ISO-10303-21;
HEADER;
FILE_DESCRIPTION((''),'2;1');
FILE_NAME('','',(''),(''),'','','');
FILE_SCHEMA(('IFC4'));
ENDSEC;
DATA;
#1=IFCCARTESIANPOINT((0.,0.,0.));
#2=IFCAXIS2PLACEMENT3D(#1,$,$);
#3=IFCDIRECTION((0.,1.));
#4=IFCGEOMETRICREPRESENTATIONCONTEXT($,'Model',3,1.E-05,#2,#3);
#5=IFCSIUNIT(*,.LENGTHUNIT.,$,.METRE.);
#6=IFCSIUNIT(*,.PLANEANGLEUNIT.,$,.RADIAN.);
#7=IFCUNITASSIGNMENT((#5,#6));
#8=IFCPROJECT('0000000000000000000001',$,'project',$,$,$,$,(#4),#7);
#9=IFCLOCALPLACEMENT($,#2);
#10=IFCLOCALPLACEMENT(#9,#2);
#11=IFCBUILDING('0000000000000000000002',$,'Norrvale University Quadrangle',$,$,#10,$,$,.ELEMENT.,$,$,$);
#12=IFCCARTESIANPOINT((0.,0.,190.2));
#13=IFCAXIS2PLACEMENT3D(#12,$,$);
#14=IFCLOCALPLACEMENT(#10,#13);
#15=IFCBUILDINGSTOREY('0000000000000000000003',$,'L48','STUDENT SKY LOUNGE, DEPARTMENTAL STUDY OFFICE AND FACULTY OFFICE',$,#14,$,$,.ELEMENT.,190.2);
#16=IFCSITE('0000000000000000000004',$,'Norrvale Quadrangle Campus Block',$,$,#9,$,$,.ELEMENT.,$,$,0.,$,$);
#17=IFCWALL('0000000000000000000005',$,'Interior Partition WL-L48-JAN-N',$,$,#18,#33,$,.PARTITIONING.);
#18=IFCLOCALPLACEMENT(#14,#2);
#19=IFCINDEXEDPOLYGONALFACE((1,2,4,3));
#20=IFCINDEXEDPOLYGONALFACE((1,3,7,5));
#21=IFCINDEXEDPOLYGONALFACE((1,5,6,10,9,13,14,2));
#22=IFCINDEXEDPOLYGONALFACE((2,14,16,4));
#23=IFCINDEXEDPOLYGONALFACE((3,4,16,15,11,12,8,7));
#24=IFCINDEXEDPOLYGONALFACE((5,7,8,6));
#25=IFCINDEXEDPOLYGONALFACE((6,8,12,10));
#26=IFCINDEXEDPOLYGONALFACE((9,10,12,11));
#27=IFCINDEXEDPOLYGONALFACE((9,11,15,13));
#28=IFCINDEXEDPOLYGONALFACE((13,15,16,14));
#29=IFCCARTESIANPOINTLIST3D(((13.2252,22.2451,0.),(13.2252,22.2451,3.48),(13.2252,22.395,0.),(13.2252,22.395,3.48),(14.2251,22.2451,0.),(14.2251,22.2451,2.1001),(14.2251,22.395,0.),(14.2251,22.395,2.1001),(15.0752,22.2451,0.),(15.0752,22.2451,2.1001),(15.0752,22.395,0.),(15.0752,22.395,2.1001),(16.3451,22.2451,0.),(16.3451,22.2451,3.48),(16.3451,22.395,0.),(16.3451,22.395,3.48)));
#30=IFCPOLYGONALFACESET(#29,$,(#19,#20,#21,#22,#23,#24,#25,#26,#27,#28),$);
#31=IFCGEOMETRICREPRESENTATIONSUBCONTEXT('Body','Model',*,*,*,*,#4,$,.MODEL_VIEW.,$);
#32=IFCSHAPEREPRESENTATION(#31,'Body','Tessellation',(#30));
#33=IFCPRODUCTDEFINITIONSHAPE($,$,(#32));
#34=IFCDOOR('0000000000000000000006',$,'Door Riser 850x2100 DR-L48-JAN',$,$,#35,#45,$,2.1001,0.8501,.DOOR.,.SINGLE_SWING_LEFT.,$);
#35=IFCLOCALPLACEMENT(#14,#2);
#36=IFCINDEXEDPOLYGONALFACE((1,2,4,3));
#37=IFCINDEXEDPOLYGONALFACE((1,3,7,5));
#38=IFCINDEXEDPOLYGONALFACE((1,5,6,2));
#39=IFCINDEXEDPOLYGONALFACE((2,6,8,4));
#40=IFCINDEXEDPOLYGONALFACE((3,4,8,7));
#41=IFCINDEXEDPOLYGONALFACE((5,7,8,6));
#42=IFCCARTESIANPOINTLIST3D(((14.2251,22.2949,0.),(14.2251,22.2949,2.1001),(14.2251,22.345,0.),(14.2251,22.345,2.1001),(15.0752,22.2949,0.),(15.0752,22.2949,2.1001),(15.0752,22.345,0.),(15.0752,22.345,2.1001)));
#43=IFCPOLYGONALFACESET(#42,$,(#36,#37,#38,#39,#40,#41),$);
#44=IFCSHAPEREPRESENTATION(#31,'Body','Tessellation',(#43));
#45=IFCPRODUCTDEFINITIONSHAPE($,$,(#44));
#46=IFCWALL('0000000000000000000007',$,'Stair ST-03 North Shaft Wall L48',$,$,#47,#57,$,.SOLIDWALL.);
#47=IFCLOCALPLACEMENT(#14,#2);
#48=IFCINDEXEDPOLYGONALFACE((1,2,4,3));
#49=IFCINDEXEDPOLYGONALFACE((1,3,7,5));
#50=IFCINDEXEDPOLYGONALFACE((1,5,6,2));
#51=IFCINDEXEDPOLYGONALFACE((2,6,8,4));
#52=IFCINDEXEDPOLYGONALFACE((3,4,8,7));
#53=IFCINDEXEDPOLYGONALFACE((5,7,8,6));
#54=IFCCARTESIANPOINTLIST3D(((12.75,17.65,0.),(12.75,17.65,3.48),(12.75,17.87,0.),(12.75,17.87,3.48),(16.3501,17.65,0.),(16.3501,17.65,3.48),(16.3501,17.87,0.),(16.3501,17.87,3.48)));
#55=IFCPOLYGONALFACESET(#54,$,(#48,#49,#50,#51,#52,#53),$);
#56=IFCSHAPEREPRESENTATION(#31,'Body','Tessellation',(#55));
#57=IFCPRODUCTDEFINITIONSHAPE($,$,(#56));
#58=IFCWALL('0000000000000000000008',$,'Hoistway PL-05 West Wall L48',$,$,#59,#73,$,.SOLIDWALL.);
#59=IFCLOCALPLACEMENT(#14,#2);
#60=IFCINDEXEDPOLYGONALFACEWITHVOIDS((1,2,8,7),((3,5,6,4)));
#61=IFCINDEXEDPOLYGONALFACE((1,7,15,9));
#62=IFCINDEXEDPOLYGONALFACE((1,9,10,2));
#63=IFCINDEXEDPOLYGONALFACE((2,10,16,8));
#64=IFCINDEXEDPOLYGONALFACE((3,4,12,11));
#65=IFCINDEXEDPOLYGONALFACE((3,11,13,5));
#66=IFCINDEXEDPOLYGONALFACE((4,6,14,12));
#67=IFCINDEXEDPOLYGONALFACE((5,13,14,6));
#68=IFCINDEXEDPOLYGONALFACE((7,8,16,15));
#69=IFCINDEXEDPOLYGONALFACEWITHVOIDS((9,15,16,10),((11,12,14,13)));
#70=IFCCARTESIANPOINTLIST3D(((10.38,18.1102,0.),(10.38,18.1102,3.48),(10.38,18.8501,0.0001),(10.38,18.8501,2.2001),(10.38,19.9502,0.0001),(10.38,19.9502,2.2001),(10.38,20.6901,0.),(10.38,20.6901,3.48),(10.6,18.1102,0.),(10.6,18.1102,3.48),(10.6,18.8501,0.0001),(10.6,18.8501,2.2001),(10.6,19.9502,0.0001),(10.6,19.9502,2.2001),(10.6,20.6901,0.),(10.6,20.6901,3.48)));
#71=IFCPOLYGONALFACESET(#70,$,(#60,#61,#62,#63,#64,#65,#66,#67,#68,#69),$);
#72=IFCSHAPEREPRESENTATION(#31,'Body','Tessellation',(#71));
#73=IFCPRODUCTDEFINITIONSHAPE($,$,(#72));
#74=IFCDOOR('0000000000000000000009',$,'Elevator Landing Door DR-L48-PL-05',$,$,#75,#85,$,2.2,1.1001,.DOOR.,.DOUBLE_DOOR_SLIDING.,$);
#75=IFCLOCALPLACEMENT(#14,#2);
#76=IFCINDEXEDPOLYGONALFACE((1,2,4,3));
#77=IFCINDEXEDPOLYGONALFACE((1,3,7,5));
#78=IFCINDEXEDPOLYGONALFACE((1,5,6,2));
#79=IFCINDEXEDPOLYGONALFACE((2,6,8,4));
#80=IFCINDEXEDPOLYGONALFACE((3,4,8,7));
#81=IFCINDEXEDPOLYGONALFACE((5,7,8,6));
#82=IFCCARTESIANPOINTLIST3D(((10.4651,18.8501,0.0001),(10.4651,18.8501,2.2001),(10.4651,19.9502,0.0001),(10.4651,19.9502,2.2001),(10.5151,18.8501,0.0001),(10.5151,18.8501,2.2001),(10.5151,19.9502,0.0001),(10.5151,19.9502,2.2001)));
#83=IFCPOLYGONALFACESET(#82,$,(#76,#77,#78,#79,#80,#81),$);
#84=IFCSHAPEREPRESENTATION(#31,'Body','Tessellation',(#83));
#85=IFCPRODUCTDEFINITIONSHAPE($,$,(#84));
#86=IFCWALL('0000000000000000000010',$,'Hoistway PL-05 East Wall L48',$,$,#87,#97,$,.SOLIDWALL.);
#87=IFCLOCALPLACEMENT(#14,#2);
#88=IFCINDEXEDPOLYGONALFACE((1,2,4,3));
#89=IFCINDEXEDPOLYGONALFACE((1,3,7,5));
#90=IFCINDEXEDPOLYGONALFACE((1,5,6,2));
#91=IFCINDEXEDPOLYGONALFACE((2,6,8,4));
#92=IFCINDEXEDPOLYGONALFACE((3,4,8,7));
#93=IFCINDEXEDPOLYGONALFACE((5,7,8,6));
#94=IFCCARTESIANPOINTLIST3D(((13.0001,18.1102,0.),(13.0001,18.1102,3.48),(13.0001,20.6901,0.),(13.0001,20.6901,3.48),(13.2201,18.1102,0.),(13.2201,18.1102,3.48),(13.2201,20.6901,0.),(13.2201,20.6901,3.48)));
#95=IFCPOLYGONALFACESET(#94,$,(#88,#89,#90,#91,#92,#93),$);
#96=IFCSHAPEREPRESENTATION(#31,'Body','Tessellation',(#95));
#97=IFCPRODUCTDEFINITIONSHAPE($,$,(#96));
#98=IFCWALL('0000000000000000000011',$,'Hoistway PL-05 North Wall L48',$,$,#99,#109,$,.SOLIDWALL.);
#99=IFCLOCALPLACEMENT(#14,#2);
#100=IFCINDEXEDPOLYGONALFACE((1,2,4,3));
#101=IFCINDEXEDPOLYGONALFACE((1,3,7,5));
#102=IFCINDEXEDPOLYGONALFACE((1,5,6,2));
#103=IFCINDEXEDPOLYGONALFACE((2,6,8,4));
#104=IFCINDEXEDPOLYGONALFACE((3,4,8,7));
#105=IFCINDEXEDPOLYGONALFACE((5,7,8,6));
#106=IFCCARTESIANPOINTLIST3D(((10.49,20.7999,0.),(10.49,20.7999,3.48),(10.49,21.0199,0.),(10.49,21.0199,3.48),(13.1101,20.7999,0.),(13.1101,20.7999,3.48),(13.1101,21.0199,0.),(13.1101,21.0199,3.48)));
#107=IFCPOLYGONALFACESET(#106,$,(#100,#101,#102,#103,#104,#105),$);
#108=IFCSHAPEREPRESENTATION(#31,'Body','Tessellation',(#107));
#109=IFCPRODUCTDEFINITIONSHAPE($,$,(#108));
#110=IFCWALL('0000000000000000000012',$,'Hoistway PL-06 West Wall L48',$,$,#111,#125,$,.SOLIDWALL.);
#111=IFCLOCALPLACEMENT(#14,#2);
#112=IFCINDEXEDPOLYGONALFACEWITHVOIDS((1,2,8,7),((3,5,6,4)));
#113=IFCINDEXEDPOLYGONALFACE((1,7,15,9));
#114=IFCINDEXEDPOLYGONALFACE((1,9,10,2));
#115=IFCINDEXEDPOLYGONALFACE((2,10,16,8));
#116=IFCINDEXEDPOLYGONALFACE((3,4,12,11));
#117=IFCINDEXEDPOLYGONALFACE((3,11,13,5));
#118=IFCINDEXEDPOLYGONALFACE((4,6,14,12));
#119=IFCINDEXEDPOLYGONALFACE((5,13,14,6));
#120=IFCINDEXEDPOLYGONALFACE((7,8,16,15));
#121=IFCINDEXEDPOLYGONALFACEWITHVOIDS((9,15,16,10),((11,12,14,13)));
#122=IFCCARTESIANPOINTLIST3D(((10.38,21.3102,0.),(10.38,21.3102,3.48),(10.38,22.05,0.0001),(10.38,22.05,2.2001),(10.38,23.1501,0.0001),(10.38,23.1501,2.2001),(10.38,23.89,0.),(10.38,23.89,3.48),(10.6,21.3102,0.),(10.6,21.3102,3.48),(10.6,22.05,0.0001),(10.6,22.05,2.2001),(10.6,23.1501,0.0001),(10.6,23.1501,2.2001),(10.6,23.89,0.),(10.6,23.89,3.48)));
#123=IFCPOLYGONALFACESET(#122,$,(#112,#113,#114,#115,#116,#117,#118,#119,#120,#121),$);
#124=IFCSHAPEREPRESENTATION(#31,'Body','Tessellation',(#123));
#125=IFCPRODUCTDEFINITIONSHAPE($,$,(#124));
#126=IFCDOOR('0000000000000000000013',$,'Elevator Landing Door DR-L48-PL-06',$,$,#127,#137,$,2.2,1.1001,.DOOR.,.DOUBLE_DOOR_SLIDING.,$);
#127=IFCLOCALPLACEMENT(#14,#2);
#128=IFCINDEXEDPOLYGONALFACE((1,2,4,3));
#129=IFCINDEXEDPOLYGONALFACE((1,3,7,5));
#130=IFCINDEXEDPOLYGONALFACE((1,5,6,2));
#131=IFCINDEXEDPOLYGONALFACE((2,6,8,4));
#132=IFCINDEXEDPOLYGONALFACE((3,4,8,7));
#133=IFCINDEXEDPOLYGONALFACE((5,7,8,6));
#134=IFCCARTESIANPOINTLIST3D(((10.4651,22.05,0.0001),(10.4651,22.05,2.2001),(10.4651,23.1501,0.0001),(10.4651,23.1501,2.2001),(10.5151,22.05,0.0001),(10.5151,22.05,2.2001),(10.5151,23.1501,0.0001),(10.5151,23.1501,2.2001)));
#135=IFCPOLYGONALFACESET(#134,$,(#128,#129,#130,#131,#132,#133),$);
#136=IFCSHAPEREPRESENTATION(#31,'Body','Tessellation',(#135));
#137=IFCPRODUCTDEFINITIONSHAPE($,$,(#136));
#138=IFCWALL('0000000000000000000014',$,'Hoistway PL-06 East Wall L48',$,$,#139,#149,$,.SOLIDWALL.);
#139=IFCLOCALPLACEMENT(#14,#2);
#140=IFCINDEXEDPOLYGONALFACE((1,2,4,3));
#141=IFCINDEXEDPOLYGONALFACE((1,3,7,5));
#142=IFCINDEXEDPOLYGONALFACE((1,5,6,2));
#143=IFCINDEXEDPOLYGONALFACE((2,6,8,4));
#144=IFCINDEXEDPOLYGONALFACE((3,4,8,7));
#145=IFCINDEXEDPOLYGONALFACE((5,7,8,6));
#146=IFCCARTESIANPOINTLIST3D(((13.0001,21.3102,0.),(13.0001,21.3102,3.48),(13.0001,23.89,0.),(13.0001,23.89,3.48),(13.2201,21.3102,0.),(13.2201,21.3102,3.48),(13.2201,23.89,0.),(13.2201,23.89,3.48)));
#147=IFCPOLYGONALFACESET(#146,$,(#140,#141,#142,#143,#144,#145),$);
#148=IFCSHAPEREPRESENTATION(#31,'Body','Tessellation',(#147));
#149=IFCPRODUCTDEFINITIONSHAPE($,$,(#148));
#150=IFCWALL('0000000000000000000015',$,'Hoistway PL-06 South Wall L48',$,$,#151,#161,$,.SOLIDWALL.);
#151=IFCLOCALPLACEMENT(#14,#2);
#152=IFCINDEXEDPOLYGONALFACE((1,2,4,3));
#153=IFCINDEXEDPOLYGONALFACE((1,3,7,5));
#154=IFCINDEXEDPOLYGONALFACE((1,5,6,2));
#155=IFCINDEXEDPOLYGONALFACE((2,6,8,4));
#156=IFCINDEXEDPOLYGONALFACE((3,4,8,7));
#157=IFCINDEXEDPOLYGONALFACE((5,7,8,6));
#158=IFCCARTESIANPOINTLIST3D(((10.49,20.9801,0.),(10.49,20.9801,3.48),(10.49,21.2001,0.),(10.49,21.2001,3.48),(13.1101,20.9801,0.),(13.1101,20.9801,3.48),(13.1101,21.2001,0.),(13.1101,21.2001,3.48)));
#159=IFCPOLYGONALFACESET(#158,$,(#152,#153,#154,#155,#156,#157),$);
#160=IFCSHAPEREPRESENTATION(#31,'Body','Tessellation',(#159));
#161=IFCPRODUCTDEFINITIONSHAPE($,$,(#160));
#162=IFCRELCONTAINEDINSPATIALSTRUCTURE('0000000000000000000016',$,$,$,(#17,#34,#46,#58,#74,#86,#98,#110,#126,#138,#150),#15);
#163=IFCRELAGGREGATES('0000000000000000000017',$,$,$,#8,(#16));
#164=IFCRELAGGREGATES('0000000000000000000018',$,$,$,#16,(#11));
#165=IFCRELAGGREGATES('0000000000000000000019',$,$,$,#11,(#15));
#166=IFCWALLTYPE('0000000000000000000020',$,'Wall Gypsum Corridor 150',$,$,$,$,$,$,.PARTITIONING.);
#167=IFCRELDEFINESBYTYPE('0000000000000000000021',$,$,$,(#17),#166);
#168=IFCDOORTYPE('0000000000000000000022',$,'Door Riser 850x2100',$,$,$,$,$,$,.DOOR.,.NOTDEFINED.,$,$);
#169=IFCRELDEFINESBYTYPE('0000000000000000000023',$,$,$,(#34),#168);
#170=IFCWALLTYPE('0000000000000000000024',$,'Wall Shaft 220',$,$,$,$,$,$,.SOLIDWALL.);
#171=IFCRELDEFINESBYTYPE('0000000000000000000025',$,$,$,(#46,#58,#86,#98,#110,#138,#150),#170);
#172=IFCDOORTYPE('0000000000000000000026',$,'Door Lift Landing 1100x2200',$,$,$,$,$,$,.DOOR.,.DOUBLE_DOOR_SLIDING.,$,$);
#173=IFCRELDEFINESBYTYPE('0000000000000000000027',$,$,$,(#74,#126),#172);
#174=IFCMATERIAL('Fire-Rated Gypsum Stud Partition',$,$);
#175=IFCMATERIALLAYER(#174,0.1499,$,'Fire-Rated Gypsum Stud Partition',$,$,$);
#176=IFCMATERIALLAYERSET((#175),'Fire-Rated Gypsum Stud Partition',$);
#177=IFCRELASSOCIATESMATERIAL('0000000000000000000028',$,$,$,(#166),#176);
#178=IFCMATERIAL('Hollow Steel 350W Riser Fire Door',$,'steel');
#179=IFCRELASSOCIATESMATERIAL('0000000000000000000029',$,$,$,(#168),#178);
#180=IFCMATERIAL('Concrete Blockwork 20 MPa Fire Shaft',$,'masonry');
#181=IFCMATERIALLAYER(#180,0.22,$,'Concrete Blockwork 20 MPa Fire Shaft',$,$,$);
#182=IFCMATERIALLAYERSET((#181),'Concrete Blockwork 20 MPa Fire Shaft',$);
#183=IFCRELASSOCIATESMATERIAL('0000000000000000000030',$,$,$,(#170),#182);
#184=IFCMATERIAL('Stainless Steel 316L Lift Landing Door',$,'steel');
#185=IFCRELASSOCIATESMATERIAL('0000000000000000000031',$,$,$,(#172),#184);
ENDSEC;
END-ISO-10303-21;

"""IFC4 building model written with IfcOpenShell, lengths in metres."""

from ifc_helpers import new_model, si_unit, direction, frame, frame_2d, origin, place, context, subcontext, project, spatial, rectangle, extrude, material, layer, layer_set, type_object, element, fill, save


model = new_model("IFC4")

# Units and contexts
model_context = context("Model", 3, precision=1e-05, world=origin(), true_north=direction((0.0, 1.0)))
body_context = subcontext(model_context, "Body", "Model", "MODEL_VIEW")
ifc_project = project(units=[si_unit("LENGTHUNIT", "METRE"), si_unit("PLANEANGLEUNIT", "RADIAN")], contexts=[model_context])

# Site, building, storey
site_placement = place(None, origin())
site = spatial("IfcSite", under=ifc_project, at=site_placement, Name="Norrvale Quadrangle Campus Block", CompositionType="ELEMENT", RefElevation=0.0)
building_placement = place(site_placement, origin())
building = spatial("IfcBuilding", under=site, at=building_placement, Name="Norrvale University Quadrangle", CompositionType="ELEMENT")
storey_placement = place(building_placement, frame((0.0, 0.0, 190.2)))
storey = spatial("IfcBuildingStorey", under=building, at=storey_placement, Name="L48", Description="STUDENT SKY LOUNGE, DEPARTMENTAL STUDY OFFICE AND FACULTY OFFICE", CompositionType="ELEMENT", Elevation=190.2)

# Shared definitions
ifc_material_1 = material(Name="Fire-Rated Gypsum Stud Partition")
ifc_layer_1 = layer(ifc_material_1, 0.1499, Name="Fire-Rated Gypsum Stud Partition")
ifc_layer_set_1 = layer_set([ifc_layer_1], Name="Fire-Rated Gypsum Stud Partition")
wall_type_1 = type_object("IfcWallType", Name="Wall Gypsum Corridor 150", PredefinedType="PARTITIONING", material=ifc_layer_set_1)
ifc_material_2 = material(Name="Hollow Steel 350W Riser Fire Door", Category="steel")
door_type_1 = type_object("IfcDoorType", Name="Door Riser 850x2100", OperationType="NOTDEFINED", PredefinedType="DOOR", material=ifc_material_2)

# Wall, opening, door
wall_1_placement = place(storey_placement, frame((13.2251, 22.3201, 0.0), z_axis=(0.0, 0.0, 1.0), x_axis=(1.0, 0.0, 0.0)))
wall_1 = element("IfcWall", 1, at=wall_1_placement, inside=storey, type_object=wall_type_1, Name="Interior Partition WL-L48-JAN-N", PredefinedType="PARTITIONING", context=body_context, shape_type="SweptSolid", body=[
    extrude(rectangle(XDim=3.1199, YDim=0.1499, at=frame_2d((1.5601, 0.0))), origin(), (0.0, 0.0, 1.0), 3.48),
])
opening_1_placement = place(wall_1_placement, frame((1.0, 0.0, 0.0)))
opening_1 = element("IfcOpeningElement", 2, at=opening_1_placement, cuts=wall_1, PredefinedType="OPENING", context=body_context, shape_type="SweptSolid", body=[
    extrude(rectangle(XDim=0.8501, YDim=2.1001, at=frame_2d((0.425, 1.05))), frame((0.0, 0.0869, 0.0), z_axis=(0.0, -1.0, 0.0), x_axis=(1.0, 0.0, 0.0)), (0.0, 0.0, 1.0), 0.1738),
])
door_1_placement = place(opening_1_placement, origin())
door_1 = element("IfcDoor", 3, at=door_1_placement, inside=storey, type_object=door_type_1, Name="Door Riser 850x2100 DR-L48-JAN", OperationType="SINGLE_SWING_LEFT", OverallHeight=2.1001, OverallWidth=0.8501, PredefinedType="DOOR", context=body_context, shape_type="SweptSolid", body=[
    extrude(rectangle(XDim=0.8501, YDim=2.1001, at=frame_2d((0.425, 1.05))), frame((0.0, 0.0249, 0.0), z_axis=(0.0, -1.0, 0.0), x_axis=(1.0, 0.0, 0.0)), (0.0, 0.0, 1.0), 0.05),
])
fill(opening_1, door_1)

# Wall
ifc_material_3 = material(Name="Concrete Blockwork 20 MPa Fire Shaft", Category="masonry")
ifc_layer_2 = layer(ifc_material_3, 0.22, Name="Concrete Blockwork 20 MPa Fire Shaft")
ifc_layer_set_2 = layer_set([ifc_layer_2], Name="Concrete Blockwork 20 MPa Fire Shaft")
wall_type_2 = type_object("IfcWallType", Name="Wall Shaft 220", PredefinedType="SOLIDWALL", material=ifc_layer_set_2)
wall_2_placement = place(storey_placement, frame((12.75, 17.76, 0.0), z_axis=(0.0, 0.0, 1.0), x_axis=(1.0, 0.0, 0.0)))
element("IfcWall", 4, at=wall_2_placement, inside=storey, type_object=wall_type_2, Name="Stair ST-03 North Shaft Wall L48", PredefinedType="SOLIDWALL", context=body_context, shape_type="SweptSolid", body=[
    extrude(rectangle(XDim=3.6001, YDim=0.22, at=frame_2d((1.8, 0.0))), origin(), (0.0, 0.0, 1.0), 3.48),
])

# Wall, opening, door
wall_3_placement = place(storey_placement, frame((10.49, 18.1101, 0.0), z_axis=(0.0, 0.0, 1.0), x_axis=(0.0, 1.0, 0.0)))
wall_3 = element("IfcWall", 5, at=wall_3_placement, inside=storey, type_object=wall_type_2, Name="Hoistway PL-05 West Wall L48", PredefinedType="SOLIDWALL", context=body_context, shape_type="SweptSolid", body=[
    extrude(rectangle(XDim=2.5798, YDim=0.22, at=frame_2d((1.29, 0.0))), origin(), (0.0, 0.0, 1.0), 3.48),
])
opening_2_placement = place(wall_3_placement, frame((0.74, 0.0, 0.0)))
opening_2 = element("IfcOpeningElement", 6, at=opening_2_placement, cuts=wall_3, PredefinedType="OPENING", context=body_context, shape_type="SweptSolid", body=[
    extrude(rectangle(XDim=1.1001, YDim=2.2, at=frame_2d((0.55, 1.1001))), frame((0.0, 0.1221, 0.0), z_axis=(0.0, -1.0, 0.0), x_axis=(1.0, 0.0, 0.0)), (0.0, 0.0, 1.0), 0.2439),
])
ifc_material_4 = material(Name="Stainless Steel 316L Lift Landing Door", Category="steel")
door_type_2 = type_object("IfcDoorType", Name="Door Lift Landing 1100x2200", OperationType="DOUBLE_DOOR_SLIDING", PredefinedType="DOOR", material=ifc_material_4)
door_2_placement = place(opening_2_placement, origin())
door_2 = element("IfcDoor", 7, at=door_2_placement, inside=storey, type_object=door_type_2, Name="Elevator Landing Door DR-L48-PL-05", OperationType="DOUBLE_DOOR_SLIDING", OverallHeight=2.2, OverallWidth=1.1001, PredefinedType="DOOR", context=body_context, shape_type="SweptSolid", body=[
    extrude(rectangle(XDim=1.1001, YDim=2.2, at=frame_2d((0.55, 1.1001))), frame((0.0, 0.0249, 0.0), z_axis=(0.0, -1.0, 0.0), x_axis=(1.0, 0.0, 0.0)), (0.0, 0.0, 1.0), 0.05),
])
fill(opening_2, door_2)

# Walls
wall_4_placement = place(storey_placement, frame((13.1101, 18.1101, 0.0), z_axis=(0.0, 0.0, 1.0), x_axis=(0.0, 1.0, 0.0)))
element("IfcWall", 8, at=wall_4_placement, inside=storey, type_object=wall_type_2, Name="Hoistway PL-05 East Wall L48", PredefinedType="SOLIDWALL", context=body_context, shape_type="SweptSolid", body=[
    extrude(rectangle(XDim=2.5798, YDim=0.22, at=frame_2d((1.29, 0.0))), origin(), (0.0, 0.0, 1.0), 3.48),
])
wall_5_placement = place(storey_placement, frame((10.49, 20.9099, 0.0), z_axis=(0.0, 0.0, 1.0), x_axis=(1.0, 0.0, 0.0)))
element("IfcWall", 9, at=wall_5_placement, inside=storey, type_object=wall_type_2, Name="Hoistway PL-05 North Wall L48", PredefinedType="SOLIDWALL", context=body_context, shape_type="SweptSolid", body=[
    extrude(rectangle(XDim=2.6201, YDim=0.22, at=frame_2d((1.3101, 0.0))), origin(), (0.0, 0.0, 1.0), 3.48),
])

# Wall, opening, door
wall_6_placement = place(storey_placement, frame((10.49, 21.3101, 0.0), z_axis=(0.0, 0.0, 1.0), x_axis=(0.0, 1.0, 0.0)))
wall_6 = element("IfcWall", 10, at=wall_6_placement, inside=storey, type_object=wall_type_2, Name="Hoistway PL-06 West Wall L48", PredefinedType="SOLIDWALL", context=body_context, shape_type="SweptSolid", body=[
    extrude(rectangle(XDim=2.5798, YDim=0.22, at=frame_2d((1.29, 0.0))), origin(), (0.0, 0.0, 1.0), 3.48),
])
opening_3_placement = place(wall_6_placement, frame((0.74, 0.0, 0.0)))
opening_3 = element("IfcOpeningElement", 11, at=opening_3_placement, cuts=wall_6, PredefinedType="OPENING", context=body_context, shape_type="SweptSolid", body=[
    extrude(rectangle(XDim=1.1001, YDim=2.2, at=frame_2d((0.55, 1.1001))), frame((0.0, 0.1221, 0.0), z_axis=(0.0, -1.0, 0.0), x_axis=(1.0, 0.0, 0.0)), (0.0, 0.0, 1.0), 0.2439),
])
door_3_placement = place(opening_3_placement, origin())
door_3 = element("IfcDoor", 12, at=door_3_placement, inside=storey, type_object=door_type_2, Name="Elevator Landing Door DR-L48-PL-06", OperationType="DOUBLE_DOOR_SLIDING", OverallHeight=2.2, OverallWidth=1.1001, PredefinedType="DOOR", context=body_context, shape_type="SweptSolid", body=[
    extrude(rectangle(XDim=1.1001, YDim=2.2, at=frame_2d((0.55, 1.1001))), frame((0.0, 0.0249, 0.0), z_axis=(0.0, -1.0, 0.0), x_axis=(1.0, 0.0, 0.0)), (0.0, 0.0, 1.0), 0.05),
])
fill(opening_3, door_3)

# Walls
wall_7_placement = place(storey_placement, frame((13.1101, 21.3101, 0.0), z_axis=(0.0, 0.0, 1.0), x_axis=(0.0, 1.0, 0.0)))
element("IfcWall", 13, at=wall_7_placement, inside=storey, type_object=wall_type_2, Name="Hoistway PL-06 East Wall L48", PredefinedType="SOLIDWALL", context=body_context, shape_type="SweptSolid", body=[
    extrude(rectangle(XDim=2.5798, YDim=0.22, at=frame_2d((1.29, 0.0))), origin(), (0.0, 0.0, 1.0), 3.48),
])
wall_8_placement = place(storey_placement, frame((10.49, 21.0901, 0.0), z_axis=(0.0, 0.0, 1.0), x_axis=(1.0, 0.0, 0.0)))
element("IfcWall", 14, at=wall_8_placement, inside=storey, type_object=wall_type_2, Name="Hoistway PL-06 South Wall L48", PredefinedType="SOLIDWALL", context=body_context, shape_type="SweptSolid", body=[
    extrude(rectangle(XDim=2.6201, YDim=0.22, at=frame_2d((1.3101, 0.0))), origin(), (0.0, 0.0, 1.0), 3.48),
])

save(model, "model.ifc")
